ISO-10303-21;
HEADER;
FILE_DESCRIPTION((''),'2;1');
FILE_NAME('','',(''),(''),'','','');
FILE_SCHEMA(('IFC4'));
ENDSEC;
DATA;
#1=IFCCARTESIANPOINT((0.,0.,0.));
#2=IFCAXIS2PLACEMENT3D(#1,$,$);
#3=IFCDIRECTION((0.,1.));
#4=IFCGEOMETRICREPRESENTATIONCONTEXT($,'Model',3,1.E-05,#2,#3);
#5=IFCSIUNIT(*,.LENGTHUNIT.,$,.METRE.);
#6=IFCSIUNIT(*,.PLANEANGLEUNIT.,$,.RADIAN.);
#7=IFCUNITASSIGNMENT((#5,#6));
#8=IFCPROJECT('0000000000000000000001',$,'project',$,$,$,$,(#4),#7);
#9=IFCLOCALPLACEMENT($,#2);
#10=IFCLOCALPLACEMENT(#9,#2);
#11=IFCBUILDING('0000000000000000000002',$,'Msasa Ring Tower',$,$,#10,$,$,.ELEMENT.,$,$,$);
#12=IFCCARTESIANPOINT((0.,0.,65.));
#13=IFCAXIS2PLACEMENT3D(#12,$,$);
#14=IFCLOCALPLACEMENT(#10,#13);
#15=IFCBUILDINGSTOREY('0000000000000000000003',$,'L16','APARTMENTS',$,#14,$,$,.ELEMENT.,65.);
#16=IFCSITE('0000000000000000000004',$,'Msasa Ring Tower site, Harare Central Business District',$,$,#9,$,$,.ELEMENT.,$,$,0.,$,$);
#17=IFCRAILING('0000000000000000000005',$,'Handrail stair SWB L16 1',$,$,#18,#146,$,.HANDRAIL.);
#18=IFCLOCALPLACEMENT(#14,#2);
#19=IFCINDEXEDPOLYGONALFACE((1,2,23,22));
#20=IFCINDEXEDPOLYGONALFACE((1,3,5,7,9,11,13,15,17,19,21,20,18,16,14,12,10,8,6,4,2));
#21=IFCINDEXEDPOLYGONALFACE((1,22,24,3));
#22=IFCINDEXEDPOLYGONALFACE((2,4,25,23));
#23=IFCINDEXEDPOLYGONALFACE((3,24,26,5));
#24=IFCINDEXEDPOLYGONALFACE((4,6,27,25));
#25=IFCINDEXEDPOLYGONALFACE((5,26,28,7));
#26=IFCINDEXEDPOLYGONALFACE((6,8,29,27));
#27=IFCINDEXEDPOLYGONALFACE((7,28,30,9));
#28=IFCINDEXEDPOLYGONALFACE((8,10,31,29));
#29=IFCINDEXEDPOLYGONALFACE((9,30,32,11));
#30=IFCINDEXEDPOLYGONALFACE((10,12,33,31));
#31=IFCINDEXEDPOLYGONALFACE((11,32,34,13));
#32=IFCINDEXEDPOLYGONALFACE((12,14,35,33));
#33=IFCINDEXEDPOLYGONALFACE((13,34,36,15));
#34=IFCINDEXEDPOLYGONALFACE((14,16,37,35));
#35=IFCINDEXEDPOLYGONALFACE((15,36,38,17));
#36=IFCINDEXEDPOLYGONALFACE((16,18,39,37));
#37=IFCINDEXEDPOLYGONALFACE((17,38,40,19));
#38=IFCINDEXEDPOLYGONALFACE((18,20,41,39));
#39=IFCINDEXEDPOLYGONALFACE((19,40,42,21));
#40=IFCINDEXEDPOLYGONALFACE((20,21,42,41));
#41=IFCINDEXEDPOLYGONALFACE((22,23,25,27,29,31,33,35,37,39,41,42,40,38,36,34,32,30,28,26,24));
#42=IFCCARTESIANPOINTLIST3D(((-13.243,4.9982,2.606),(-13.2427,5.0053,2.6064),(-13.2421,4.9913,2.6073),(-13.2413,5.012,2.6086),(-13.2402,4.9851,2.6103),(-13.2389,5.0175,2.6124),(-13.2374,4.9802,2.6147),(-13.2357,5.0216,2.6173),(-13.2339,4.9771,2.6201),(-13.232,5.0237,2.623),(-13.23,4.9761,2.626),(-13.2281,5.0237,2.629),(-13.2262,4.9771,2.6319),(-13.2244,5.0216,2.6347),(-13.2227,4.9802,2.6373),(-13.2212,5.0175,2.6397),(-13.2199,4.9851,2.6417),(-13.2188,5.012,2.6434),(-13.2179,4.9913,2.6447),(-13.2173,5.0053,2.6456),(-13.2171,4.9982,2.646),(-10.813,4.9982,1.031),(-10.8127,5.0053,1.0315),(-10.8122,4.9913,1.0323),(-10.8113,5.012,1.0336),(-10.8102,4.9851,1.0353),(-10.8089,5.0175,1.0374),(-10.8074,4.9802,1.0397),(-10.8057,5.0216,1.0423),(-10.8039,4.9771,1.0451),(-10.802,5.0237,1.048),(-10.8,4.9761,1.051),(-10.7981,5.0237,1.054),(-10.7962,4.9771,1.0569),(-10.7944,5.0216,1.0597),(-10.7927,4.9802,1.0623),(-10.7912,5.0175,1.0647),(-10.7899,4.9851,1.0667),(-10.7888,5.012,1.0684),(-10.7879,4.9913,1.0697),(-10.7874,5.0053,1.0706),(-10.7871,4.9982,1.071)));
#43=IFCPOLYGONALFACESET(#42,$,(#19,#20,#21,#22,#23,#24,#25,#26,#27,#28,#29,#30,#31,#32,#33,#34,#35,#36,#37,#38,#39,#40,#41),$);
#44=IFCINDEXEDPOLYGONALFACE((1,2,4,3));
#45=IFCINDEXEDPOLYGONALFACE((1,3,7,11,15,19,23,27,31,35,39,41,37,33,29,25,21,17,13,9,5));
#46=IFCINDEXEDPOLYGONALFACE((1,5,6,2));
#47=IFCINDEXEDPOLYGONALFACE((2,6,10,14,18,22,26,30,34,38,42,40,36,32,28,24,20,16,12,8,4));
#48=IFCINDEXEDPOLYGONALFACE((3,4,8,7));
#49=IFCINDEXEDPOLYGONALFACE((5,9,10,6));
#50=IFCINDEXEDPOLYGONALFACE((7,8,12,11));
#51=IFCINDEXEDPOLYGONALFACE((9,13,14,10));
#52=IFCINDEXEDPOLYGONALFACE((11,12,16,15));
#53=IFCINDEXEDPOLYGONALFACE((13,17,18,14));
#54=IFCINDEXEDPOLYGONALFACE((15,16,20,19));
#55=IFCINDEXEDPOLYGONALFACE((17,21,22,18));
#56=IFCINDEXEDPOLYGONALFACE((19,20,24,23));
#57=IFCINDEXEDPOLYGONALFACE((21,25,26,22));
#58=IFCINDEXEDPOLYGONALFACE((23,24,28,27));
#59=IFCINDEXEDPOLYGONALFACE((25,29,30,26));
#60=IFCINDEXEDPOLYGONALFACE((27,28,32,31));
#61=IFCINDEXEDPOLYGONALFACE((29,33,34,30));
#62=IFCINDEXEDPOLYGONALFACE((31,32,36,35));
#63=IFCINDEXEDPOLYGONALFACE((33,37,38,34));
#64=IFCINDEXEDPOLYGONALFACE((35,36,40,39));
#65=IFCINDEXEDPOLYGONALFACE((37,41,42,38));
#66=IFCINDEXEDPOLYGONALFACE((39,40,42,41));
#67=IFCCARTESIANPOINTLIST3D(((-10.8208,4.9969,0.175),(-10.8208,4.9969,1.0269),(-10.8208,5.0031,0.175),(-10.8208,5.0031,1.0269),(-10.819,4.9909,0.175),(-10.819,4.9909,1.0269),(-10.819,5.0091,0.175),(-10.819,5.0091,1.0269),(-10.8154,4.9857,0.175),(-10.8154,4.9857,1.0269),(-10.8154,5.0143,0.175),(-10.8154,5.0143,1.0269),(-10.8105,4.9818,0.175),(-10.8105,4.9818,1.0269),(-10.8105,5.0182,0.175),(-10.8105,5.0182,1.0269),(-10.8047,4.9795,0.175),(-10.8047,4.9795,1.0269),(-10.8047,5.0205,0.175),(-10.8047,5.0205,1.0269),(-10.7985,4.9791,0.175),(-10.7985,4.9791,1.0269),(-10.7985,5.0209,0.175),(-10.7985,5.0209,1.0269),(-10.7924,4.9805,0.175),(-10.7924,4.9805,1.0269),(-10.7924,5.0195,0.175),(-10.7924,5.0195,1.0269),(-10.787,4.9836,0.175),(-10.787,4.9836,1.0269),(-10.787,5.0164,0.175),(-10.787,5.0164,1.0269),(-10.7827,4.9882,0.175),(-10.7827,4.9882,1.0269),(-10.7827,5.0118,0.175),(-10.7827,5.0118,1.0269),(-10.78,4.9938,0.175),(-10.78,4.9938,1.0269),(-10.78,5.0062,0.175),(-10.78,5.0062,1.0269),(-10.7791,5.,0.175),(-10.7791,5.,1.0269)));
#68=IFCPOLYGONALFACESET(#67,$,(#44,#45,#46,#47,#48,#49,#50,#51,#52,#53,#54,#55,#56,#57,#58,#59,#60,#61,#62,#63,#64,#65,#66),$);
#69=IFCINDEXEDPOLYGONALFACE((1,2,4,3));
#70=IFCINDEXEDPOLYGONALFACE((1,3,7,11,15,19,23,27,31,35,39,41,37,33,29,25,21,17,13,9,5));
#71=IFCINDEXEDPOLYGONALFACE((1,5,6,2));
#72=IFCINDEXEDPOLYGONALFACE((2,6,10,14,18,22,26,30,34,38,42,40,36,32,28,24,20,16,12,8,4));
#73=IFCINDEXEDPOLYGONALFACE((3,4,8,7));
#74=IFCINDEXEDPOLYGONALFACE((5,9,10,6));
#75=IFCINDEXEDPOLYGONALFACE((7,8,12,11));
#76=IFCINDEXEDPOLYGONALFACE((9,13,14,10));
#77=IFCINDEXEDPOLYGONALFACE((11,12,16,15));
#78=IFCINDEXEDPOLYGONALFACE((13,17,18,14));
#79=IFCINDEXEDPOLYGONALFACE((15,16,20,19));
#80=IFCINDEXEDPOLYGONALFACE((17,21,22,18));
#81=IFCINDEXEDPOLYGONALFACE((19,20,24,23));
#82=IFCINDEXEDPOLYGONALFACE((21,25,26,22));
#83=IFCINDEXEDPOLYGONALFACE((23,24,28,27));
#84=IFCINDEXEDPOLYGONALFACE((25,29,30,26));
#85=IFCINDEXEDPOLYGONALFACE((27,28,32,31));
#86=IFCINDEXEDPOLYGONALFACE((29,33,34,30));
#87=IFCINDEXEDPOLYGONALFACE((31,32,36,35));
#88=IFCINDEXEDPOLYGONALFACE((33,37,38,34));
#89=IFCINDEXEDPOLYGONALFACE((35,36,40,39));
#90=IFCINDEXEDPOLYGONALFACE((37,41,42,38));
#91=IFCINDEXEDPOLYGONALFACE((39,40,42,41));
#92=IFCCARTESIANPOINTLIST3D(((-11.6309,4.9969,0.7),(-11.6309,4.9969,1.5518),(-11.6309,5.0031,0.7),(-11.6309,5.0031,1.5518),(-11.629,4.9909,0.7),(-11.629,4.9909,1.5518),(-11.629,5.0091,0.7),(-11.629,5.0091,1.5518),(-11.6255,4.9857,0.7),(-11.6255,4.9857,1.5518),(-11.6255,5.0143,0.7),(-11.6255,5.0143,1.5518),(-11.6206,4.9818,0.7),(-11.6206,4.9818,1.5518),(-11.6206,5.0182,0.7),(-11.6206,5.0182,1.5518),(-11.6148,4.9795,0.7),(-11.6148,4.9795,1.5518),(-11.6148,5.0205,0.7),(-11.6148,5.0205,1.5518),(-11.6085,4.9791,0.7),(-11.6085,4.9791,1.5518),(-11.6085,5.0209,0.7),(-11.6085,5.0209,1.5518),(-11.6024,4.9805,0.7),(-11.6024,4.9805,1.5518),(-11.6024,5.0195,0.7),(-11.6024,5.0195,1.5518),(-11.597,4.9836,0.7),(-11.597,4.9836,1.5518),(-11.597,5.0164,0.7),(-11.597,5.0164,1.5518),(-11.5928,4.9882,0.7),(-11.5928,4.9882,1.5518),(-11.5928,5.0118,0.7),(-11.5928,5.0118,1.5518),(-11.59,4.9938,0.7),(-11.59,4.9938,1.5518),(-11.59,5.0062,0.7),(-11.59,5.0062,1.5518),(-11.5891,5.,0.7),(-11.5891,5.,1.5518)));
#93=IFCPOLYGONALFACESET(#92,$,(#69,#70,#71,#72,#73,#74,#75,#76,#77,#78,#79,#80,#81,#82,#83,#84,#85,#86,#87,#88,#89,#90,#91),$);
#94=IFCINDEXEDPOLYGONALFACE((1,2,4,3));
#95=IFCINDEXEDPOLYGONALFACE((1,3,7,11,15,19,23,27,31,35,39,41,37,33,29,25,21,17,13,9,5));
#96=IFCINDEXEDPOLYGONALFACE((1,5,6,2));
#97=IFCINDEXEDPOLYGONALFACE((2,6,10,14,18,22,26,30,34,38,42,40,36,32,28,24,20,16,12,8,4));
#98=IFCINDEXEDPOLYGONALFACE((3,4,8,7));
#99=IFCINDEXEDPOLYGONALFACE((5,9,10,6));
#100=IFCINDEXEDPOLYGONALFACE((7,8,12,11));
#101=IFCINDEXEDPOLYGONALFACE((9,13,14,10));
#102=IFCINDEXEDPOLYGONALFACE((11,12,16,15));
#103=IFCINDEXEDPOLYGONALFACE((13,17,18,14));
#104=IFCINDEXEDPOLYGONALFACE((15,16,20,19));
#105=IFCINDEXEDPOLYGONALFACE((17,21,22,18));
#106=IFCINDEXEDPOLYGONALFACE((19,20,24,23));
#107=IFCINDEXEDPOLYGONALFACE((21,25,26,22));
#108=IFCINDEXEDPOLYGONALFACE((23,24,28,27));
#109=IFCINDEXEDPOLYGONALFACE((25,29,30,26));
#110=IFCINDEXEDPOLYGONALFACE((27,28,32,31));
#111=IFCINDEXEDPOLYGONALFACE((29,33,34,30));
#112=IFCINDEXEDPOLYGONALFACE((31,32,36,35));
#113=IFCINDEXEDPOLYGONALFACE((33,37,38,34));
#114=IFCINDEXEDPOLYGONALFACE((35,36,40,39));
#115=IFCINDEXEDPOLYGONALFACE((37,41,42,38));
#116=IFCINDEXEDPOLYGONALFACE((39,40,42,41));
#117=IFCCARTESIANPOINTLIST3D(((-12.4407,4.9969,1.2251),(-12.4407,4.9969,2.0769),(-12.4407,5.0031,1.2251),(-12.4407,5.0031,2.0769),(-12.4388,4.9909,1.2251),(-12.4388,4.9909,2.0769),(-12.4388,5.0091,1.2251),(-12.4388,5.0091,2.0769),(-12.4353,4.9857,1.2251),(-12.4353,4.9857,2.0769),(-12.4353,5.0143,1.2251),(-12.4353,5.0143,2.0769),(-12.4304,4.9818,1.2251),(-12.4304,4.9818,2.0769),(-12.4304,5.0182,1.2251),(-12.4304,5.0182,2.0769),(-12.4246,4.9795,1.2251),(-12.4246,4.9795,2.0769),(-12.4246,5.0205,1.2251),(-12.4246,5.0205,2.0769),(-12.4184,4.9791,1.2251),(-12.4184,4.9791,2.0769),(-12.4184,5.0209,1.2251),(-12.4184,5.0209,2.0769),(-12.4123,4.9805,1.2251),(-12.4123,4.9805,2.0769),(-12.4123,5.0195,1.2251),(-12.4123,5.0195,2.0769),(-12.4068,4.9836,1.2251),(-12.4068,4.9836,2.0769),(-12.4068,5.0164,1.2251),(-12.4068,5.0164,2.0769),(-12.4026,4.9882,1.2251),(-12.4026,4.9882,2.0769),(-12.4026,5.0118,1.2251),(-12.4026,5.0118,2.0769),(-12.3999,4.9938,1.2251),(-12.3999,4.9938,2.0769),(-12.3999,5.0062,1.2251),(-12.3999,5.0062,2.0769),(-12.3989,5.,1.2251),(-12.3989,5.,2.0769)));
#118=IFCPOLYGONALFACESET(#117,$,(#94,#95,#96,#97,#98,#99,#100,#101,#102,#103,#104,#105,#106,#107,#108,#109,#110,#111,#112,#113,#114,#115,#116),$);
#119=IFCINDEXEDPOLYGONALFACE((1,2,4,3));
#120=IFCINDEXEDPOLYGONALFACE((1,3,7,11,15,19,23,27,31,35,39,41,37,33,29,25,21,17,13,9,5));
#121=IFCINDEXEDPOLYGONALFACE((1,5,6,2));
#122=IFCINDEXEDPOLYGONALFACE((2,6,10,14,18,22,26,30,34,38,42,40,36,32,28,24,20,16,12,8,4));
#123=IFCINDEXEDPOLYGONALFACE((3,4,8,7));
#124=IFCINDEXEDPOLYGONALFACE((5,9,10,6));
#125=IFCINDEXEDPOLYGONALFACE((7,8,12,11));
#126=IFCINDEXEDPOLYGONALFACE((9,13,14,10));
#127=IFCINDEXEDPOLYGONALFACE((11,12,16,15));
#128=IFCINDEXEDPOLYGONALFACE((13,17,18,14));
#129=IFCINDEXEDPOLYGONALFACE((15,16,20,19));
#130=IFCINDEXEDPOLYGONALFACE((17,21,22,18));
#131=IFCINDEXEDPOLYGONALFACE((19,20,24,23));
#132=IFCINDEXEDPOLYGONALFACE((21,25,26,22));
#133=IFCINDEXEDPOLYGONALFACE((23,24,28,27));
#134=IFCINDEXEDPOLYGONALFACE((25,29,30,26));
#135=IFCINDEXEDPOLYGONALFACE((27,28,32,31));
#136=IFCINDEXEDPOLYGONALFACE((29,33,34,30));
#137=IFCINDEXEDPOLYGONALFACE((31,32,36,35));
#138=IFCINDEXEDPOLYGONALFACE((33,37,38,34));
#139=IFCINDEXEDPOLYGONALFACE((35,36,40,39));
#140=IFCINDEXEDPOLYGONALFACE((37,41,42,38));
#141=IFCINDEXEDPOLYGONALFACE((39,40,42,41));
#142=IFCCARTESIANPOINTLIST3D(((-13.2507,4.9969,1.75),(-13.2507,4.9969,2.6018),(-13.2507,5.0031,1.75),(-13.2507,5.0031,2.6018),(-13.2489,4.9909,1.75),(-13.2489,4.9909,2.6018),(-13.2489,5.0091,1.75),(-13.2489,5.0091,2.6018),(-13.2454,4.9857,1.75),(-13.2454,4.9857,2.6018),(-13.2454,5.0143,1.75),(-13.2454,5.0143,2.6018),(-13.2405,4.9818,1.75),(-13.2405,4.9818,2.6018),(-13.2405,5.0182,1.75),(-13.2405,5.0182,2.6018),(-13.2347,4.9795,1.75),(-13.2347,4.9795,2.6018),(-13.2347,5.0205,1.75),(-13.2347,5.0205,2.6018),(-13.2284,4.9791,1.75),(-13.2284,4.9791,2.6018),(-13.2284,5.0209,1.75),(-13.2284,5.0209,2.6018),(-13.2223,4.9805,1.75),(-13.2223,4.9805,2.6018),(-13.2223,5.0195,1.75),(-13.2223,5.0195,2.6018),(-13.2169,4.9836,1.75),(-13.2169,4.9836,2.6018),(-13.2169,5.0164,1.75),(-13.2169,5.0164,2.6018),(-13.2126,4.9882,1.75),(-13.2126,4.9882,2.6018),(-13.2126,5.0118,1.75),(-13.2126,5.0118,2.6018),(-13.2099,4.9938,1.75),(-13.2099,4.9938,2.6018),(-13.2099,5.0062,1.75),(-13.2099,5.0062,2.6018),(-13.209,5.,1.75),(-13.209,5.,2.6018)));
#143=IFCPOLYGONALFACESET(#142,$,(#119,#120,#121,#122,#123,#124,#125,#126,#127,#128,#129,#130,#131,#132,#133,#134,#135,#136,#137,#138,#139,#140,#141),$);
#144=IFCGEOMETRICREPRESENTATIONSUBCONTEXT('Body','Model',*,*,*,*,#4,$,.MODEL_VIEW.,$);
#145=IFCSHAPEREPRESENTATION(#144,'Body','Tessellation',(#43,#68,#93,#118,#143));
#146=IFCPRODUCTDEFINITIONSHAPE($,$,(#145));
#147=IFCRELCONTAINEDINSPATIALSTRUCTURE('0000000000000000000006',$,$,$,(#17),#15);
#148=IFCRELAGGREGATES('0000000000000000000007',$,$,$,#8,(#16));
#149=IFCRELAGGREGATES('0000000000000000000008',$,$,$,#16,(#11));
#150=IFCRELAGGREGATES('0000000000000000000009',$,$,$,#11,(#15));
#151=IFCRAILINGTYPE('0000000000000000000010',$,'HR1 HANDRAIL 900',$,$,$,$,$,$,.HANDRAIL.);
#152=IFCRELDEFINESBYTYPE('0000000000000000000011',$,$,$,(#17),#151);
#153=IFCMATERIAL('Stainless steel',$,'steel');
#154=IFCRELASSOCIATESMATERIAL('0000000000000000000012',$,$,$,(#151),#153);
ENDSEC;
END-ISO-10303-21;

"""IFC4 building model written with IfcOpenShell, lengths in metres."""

from ifc_helpers import new_model, si_unit, direction, frame, origin, origin_2d, place, context, subcontext, project, spatial, circle, extrude, material, type_object, element, save


model = new_model("IFC4")

# Units and contexts
model_context = context("Model", 3, precision=1e-05, world=origin(), true_north=direction((0.0, 1.0)))
body_context = subcontext(model_context, "Body", "Model", "MODEL_VIEW")
ifc_project = project(units=[si_unit("LENGTHUNIT", "METRE"), si_unit("PLANEANGLEUNIT", "RADIAN")], contexts=[model_context])

# Site, building, storey
site_placement = place(None, origin())
site = spatial("IfcSite", under=ifc_project, at=site_placement, Name="Msasa Ring Tower site, Harare Central Business District", CompositionType="ELEMENT", RefElevation=0.0)
building_placement = place(site_placement, origin())
building = spatial("IfcBuilding", under=site, at=building_placement, Name="Msasa Ring Tower", CompositionType="ELEMENT")
storey_placement = place(building_placement, frame((0.0, 0.0, 65.0)))
storey = spatial("IfcBuildingStorey", under=building, at=storey_placement, Name="L16", Description="APARTMENTS", CompositionType="ELEMENT", Elevation=65.0)

# Railing
ifc_material_1 = material(Name="Stainless steel", Category="steel")
railing_type = type_object("IfcRailingType", Name="HR1 HANDRAIL 900", PredefinedType="HANDRAIL", material=ifc_material_1)
for number, where, name in (
    (1, (-10.8, 5.0, 0.175), "Handrail stair SWB L16 1"),
):
    element("IfcRailing", number, at=place(storey_placement, frame(where)), inside=storey, type_object=railing_type, Name=name, PredefinedType="HANDRAIL", context=body_context, shape_type="SweptSolid", body=[
        extrude(circle(Radius=0.0239, at=origin_2d()), frame((0.0, 0.0, 0.876), z_axis=(-0.839154, 0.0, 0.543894), x_axis=(0.0, -1.0, 0.0)), (0.0, 0.0, 1.0), 2.8958),
        extrude(circle(Radius=0.021, at=origin_2d()), origin(), (0.0, 0.0, 1.0), 0.8518),
        extrude(circle(Radius=0.021, at=origin_2d()), frame((-0.8101, 0.0, 0.5249)), (0.0, 0.0, 1.0), 0.8518),
        extrude(circle(Radius=0.021, at=origin_2d()), frame((-1.6199, 0.0, 1.05)), (0.0, 0.0, 1.0), 0.8518),
        extrude(circle(Radius=0.021, at=origin_2d()), frame((-2.4299, 0.0, 1.575)), (0.0, 0.0, 1.0), 0.8518),
    ])

save(model, "model.ifc")
